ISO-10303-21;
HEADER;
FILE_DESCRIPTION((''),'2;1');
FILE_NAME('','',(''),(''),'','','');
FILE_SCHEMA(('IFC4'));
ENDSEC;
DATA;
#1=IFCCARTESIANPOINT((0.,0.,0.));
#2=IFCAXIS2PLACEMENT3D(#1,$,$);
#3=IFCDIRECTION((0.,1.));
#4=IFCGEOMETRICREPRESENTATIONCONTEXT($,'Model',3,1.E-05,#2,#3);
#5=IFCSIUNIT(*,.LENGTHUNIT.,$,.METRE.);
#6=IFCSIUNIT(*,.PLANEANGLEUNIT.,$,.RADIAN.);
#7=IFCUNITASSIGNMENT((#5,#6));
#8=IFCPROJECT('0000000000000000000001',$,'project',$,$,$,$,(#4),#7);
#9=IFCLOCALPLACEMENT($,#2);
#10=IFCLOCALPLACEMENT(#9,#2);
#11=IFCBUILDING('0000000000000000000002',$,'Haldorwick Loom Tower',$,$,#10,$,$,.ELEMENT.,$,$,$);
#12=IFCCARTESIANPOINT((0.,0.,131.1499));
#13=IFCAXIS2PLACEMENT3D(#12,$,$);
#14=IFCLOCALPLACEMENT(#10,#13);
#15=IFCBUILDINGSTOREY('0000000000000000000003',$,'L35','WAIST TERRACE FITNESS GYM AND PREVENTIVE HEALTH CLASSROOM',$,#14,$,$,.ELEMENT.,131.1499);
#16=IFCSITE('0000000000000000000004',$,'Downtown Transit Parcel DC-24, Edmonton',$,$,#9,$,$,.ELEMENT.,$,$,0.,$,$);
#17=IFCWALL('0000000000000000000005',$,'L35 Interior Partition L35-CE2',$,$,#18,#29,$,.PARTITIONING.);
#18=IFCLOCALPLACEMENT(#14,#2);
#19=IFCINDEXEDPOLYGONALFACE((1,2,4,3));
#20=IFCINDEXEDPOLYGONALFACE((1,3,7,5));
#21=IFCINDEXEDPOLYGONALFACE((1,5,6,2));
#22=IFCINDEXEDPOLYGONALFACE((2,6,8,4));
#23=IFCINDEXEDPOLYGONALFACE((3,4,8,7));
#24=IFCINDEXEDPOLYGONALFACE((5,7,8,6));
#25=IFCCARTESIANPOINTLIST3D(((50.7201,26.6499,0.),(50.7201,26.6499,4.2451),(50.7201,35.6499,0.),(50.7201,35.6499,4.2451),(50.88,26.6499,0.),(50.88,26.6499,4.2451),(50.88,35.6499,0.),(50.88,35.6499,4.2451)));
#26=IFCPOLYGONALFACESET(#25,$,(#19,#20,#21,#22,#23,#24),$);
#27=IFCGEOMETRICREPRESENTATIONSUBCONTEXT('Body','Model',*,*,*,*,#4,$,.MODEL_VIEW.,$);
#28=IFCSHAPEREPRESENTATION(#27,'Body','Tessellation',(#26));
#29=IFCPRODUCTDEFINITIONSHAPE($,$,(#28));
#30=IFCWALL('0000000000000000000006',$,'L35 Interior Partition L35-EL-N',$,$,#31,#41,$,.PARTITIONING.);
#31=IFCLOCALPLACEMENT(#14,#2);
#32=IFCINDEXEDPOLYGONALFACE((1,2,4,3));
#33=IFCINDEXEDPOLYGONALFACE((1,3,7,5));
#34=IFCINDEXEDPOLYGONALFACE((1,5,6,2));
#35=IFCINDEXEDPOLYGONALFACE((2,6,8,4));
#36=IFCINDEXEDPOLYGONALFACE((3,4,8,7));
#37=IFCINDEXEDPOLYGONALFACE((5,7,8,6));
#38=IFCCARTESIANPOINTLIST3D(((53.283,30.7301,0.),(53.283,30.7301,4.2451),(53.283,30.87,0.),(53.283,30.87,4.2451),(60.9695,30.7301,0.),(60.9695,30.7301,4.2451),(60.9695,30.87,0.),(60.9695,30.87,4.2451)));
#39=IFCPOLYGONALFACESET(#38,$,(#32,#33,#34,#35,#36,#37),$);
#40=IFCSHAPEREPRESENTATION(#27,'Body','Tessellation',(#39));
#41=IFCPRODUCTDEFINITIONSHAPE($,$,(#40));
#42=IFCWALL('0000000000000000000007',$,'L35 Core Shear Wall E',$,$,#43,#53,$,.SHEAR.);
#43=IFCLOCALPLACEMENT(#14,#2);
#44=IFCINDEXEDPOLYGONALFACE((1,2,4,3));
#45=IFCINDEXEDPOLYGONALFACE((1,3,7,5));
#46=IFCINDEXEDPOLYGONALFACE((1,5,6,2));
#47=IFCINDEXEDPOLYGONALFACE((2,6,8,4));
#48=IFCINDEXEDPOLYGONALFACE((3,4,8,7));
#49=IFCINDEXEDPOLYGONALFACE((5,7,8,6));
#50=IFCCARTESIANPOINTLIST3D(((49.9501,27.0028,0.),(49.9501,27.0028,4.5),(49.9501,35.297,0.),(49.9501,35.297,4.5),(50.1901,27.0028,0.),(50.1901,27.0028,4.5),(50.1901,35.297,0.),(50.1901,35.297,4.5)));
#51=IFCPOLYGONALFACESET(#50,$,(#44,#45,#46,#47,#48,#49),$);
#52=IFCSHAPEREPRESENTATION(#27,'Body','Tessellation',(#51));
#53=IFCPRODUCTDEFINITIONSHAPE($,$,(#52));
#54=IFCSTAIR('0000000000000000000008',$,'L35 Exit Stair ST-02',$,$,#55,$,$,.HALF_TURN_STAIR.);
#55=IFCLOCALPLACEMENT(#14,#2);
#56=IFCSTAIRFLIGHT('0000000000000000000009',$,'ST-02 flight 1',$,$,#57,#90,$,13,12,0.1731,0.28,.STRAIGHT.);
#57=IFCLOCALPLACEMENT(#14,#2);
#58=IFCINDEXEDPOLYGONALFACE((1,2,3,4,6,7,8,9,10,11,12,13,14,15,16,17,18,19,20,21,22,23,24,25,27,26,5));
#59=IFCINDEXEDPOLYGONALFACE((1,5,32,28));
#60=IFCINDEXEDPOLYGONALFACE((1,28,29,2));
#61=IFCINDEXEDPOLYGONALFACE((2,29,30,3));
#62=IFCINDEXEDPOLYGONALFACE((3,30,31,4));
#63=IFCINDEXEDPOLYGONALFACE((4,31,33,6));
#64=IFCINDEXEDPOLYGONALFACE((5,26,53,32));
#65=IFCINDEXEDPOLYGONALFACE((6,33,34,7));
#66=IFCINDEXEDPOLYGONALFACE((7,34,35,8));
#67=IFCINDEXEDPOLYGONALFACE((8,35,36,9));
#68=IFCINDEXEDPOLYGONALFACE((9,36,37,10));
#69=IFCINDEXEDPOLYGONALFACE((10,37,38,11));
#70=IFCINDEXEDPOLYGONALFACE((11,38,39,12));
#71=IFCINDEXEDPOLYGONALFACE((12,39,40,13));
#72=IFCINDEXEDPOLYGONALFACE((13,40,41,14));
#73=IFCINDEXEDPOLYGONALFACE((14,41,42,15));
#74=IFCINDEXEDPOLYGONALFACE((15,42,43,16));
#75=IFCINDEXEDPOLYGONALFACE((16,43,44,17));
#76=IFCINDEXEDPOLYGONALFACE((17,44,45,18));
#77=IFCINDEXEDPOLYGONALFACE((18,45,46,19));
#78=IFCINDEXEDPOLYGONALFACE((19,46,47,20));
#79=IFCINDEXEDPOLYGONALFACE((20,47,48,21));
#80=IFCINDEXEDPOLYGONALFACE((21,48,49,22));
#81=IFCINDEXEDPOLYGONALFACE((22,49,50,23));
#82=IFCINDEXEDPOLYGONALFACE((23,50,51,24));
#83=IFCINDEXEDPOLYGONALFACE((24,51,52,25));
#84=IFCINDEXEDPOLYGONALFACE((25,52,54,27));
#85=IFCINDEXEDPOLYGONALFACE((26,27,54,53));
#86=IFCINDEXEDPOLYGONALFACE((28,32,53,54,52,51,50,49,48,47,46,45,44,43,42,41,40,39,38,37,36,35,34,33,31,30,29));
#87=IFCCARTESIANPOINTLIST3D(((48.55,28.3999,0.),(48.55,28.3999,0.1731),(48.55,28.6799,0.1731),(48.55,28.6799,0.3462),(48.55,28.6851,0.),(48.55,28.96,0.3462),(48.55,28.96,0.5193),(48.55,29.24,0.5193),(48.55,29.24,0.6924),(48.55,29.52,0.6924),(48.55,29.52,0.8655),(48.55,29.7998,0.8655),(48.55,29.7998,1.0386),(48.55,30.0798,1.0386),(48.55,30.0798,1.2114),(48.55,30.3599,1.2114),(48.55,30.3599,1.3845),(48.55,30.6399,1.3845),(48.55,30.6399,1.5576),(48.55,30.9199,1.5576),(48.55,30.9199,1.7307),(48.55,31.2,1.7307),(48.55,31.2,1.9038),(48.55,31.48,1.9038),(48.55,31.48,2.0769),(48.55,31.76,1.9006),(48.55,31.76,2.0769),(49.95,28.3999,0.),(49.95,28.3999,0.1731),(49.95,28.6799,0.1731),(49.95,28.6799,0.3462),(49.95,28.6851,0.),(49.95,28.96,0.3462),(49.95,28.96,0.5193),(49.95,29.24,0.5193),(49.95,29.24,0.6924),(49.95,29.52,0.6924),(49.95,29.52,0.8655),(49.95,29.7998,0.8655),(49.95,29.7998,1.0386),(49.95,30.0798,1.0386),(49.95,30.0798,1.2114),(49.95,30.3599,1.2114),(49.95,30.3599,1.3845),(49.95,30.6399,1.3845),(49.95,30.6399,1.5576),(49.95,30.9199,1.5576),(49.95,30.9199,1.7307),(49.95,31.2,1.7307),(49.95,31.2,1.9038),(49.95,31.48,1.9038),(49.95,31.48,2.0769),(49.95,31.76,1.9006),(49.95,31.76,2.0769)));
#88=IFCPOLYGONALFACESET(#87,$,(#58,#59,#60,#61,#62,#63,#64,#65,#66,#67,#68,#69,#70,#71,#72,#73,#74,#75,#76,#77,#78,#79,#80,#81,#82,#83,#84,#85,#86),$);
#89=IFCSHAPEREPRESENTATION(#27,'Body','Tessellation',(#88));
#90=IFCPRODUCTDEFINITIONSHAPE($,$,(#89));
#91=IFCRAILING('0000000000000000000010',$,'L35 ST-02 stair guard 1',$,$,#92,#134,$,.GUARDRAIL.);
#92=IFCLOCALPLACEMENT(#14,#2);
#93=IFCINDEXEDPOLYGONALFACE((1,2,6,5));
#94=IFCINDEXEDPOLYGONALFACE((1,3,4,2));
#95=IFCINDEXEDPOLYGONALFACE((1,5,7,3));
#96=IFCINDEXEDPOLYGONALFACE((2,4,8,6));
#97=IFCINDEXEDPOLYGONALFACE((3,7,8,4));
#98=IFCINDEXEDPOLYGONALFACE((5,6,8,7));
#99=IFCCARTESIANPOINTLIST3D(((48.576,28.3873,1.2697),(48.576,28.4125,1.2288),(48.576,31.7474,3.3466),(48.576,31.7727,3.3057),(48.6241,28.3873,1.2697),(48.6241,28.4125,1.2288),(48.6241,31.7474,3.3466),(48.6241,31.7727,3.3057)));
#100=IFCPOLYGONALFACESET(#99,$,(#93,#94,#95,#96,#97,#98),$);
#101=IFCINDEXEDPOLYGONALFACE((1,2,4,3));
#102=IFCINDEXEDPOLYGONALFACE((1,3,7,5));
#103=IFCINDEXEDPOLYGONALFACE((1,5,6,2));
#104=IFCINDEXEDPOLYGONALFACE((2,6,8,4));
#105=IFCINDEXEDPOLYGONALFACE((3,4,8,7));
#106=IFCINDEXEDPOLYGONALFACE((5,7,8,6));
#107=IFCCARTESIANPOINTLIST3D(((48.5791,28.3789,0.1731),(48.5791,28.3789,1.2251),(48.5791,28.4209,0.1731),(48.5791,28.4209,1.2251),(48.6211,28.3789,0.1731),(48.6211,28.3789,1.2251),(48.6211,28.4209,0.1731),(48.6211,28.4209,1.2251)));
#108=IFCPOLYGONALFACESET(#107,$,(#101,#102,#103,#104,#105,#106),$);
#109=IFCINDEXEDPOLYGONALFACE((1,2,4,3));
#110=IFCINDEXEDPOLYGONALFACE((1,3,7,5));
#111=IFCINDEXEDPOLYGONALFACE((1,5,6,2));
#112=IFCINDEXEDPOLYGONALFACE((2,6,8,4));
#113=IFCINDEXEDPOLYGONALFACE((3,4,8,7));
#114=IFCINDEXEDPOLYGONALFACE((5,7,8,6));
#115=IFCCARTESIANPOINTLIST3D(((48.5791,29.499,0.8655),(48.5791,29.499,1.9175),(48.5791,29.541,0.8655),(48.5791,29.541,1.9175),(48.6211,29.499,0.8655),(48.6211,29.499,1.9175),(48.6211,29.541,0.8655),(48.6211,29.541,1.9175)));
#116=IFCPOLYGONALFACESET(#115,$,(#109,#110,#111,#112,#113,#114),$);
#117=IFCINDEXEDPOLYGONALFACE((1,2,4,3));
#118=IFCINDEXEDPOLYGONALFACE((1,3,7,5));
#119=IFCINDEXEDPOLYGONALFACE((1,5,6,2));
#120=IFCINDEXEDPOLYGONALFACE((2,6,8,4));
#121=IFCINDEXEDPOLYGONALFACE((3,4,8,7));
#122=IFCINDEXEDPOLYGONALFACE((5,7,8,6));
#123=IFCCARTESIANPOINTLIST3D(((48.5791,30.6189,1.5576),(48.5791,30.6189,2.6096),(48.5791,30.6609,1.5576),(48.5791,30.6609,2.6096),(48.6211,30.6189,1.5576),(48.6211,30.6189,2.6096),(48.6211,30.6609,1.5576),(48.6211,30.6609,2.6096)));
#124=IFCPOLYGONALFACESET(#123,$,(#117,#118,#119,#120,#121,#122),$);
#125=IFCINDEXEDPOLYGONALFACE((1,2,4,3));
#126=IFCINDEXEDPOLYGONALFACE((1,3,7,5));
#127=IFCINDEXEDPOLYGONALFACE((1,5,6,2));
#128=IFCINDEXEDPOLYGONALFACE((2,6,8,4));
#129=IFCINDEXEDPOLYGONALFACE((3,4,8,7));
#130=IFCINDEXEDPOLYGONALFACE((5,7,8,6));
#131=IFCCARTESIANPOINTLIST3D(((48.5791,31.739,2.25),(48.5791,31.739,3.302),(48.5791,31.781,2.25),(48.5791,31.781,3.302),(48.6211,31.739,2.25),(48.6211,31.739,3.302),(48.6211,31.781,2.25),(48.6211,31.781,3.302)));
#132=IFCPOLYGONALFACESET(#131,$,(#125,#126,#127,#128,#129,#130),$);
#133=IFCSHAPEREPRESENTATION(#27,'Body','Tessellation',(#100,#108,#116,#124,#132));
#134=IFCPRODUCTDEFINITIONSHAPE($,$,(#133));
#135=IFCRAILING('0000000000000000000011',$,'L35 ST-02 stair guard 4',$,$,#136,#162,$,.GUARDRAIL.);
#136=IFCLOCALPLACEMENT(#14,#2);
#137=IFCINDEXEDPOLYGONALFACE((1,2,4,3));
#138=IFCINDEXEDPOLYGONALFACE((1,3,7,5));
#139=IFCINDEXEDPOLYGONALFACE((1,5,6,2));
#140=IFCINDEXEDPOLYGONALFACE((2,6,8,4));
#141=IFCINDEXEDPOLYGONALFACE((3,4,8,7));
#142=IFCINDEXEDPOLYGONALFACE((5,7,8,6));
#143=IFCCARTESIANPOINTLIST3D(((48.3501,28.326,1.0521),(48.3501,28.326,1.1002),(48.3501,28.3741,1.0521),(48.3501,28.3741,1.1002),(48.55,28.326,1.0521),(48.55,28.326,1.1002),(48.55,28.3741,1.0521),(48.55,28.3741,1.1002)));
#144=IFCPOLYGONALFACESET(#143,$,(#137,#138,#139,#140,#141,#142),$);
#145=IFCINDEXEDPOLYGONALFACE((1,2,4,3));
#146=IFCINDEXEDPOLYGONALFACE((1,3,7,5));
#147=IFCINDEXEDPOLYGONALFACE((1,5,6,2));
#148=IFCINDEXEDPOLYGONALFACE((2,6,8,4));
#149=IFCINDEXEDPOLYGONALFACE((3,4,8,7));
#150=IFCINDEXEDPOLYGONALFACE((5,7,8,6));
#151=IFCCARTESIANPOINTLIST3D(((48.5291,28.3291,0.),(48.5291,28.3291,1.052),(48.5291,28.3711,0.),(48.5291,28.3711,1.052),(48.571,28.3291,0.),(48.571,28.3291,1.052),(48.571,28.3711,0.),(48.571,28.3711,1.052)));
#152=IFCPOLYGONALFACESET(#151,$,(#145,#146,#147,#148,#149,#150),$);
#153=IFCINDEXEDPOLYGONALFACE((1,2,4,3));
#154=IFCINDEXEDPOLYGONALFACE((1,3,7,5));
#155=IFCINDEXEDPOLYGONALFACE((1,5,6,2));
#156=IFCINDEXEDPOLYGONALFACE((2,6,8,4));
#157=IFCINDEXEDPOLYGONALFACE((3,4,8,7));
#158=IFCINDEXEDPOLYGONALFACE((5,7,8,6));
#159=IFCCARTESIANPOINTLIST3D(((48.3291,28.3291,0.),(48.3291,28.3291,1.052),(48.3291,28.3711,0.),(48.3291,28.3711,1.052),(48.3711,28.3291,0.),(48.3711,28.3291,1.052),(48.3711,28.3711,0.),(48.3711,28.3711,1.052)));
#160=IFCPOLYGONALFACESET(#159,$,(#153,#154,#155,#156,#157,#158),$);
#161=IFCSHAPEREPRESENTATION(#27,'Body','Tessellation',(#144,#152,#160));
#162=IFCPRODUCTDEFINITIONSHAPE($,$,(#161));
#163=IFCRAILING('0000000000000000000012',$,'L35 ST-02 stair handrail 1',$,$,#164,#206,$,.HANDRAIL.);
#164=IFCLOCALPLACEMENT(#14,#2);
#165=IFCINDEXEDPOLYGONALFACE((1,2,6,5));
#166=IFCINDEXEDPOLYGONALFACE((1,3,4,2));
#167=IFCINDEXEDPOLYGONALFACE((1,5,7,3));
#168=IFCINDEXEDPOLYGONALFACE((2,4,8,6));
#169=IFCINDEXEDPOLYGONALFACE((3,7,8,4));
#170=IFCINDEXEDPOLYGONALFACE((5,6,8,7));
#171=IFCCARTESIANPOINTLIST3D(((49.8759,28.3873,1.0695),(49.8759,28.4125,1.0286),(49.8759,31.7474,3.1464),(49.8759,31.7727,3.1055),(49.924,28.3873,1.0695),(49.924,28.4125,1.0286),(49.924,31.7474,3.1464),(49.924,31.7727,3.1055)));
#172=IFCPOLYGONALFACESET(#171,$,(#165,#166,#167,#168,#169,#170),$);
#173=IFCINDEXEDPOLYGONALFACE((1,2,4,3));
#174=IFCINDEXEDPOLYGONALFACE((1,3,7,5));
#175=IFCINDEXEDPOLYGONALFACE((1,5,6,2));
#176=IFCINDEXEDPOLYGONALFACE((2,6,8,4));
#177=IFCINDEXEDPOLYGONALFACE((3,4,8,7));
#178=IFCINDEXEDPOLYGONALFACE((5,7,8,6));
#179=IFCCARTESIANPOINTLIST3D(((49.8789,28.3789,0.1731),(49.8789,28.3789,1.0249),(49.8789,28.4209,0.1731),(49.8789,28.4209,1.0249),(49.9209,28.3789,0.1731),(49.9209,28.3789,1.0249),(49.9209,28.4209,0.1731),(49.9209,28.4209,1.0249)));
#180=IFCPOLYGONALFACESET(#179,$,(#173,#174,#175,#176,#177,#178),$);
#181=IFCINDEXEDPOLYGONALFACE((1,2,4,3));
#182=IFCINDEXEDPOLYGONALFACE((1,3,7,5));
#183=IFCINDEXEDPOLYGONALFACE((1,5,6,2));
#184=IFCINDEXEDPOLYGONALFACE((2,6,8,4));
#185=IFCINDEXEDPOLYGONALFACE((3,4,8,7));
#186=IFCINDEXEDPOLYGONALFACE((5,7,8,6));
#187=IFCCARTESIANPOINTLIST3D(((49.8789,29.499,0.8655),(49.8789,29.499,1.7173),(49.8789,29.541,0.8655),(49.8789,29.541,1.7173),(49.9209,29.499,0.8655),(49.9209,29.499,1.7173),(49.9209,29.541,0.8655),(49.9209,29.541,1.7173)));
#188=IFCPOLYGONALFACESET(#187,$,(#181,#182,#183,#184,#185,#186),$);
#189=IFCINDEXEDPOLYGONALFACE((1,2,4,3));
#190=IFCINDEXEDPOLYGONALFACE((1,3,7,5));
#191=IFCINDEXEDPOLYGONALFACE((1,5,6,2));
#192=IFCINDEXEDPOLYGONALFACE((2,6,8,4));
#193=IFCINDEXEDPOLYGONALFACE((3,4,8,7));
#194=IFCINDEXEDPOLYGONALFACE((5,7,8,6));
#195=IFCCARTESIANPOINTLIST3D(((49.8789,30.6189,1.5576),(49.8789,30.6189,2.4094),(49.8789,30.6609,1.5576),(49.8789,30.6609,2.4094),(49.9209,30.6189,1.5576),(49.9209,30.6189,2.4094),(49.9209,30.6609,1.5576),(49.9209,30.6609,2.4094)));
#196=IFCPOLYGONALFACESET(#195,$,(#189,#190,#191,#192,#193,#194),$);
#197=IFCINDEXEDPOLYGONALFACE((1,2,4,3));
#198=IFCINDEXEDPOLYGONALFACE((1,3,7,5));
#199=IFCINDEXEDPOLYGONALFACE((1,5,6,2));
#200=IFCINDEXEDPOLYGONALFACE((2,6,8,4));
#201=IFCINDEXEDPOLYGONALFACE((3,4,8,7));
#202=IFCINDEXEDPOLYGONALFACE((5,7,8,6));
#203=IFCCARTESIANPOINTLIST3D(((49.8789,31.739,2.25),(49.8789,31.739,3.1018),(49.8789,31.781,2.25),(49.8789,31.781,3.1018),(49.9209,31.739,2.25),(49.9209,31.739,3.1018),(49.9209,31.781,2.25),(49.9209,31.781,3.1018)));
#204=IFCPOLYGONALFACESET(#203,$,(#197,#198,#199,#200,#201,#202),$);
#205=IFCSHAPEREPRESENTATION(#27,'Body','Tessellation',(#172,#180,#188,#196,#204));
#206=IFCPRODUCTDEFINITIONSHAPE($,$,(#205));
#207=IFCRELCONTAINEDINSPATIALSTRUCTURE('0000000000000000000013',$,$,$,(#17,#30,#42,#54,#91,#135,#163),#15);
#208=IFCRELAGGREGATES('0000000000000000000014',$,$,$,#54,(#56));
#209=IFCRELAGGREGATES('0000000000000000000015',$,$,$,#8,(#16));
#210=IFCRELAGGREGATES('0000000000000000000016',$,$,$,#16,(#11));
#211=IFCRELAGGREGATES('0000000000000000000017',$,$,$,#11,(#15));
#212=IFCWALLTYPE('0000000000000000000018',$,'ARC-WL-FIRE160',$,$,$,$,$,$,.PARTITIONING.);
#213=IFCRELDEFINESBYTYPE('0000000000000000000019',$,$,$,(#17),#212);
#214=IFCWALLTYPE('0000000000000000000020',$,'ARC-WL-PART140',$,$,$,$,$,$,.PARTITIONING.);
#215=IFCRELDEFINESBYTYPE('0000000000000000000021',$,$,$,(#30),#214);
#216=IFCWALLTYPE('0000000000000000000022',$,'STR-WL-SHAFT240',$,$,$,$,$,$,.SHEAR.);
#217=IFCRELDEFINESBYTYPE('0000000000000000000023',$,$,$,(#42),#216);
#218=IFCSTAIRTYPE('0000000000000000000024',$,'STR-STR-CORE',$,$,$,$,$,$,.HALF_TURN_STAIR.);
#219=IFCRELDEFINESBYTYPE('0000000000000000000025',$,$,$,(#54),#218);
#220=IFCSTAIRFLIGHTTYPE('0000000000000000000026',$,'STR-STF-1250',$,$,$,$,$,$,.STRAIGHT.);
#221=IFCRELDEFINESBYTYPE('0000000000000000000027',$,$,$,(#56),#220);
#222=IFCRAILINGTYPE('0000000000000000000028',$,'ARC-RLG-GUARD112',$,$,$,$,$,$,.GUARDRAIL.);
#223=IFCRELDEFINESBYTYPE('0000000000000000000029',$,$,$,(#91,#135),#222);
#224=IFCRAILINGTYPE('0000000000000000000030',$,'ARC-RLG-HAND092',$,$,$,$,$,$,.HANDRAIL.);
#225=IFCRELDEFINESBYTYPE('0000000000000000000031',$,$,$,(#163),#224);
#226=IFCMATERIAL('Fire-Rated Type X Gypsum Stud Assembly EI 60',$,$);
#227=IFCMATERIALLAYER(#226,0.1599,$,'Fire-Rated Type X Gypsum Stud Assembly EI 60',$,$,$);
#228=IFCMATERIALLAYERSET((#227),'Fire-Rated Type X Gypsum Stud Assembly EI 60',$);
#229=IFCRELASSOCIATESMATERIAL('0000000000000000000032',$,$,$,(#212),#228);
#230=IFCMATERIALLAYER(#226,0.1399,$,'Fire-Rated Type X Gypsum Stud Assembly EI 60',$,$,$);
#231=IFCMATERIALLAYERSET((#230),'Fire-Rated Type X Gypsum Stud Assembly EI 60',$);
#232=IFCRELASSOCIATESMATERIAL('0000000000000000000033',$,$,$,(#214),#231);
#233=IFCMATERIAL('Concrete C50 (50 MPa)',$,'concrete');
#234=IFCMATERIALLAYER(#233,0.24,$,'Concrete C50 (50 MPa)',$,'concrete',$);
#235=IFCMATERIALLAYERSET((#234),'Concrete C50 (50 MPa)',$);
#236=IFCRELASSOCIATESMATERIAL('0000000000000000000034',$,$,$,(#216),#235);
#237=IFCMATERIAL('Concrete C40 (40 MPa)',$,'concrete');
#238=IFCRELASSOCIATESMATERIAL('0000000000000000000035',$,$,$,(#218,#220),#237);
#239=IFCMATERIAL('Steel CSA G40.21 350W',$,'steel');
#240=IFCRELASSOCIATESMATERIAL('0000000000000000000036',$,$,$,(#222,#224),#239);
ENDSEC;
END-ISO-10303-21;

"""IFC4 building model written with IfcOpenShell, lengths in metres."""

from ifc_helpers import new_model, si_unit, direction, frame, frame_2d, origin, origin_2d, place, context, subcontext, project, spatial, polyline, rectangle, outline, extrude, material, layer, layer_set, type_object, element, aggregate, save


model = new_model("IFC4")

# Units and contexts
model_context = context("Model", 3, precision=1e-05, world=origin(), true_north=direction((0.0, 1.0)))
body_context = subcontext(model_context, "Body", "Model", "MODEL_VIEW")
ifc_project = project(units=[si_unit("LENGTHUNIT", "METRE"), si_unit("PLANEANGLEUNIT", "RADIAN")], contexts=[model_context])

# Site, building, storey
site_placement = place(None, origin())
site = spatial("IfcSite", under=ifc_project, at=site_placement, Name="Downtown Transit Parcel DC-24, Edmonton", CompositionType="ELEMENT", RefElevation=0.0)
building_placement = place(site_placement, origin())
building = spatial("IfcBuilding", under=site, at=building_placement, Name="Haldorwick Loom Tower", CompositionType="ELEMENT")
storey_placement = place(building_placement, frame((0.0, 0.0, 131.1499)))
storey = spatial("IfcBuildingStorey", under=building, at=storey_placement, Name="L35", Description="WAIST TERRACE FITNESS GYM AND PREVENTIVE HEALTH CLASSROOM", CompositionType="ELEMENT", Elevation=131.1499)

# Shared definitions
ifc_material_1 = material(Name="Steel CSA G40.21 350W", Category="steel")

# Walls
ifc_material_2 = material(Name="Fire-Rated Type X Gypsum Stud Assembly EI 60")
ifc_layer_1 = layer(ifc_material_2, 0.1599, Name="Fire-Rated Type X Gypsum Stud Assembly EI 60")
ifc_layer_set_1 = layer_set([ifc_layer_1], Name="Fire-Rated Type X Gypsum Stud Assembly EI 60")
wall_type_1 = type_object("IfcWallType", Name="ARC-WL-FIRE160", PredefinedType="PARTITIONING", material=ifc_layer_set_1)
wall_1_placement = place(storey_placement, frame((50.8, 26.6499, 0.0), z_axis=(0.0, 0.0, 1.0), x_axis=(0.0, 1.0, 0.0)))
element("IfcWall", 1, at=wall_1_placement, inside=storey, type_object=wall_type_1, Name="L35 Interior Partition L35-CE2", PredefinedType="PARTITIONING", context=body_context, shape_type="SweptSolid", body=[
    extrude(rectangle(XDim=9.0, YDim=0.1599, at=frame_2d((4.5, 0.0))), origin(), (0.0, 0.0, 1.0), 4.2451),
])
ifc_layer_2 = layer(ifc_material_2, 0.1399, Name="Fire-Rated Type X Gypsum Stud Assembly EI 60")
ifc_layer_set_2 = layer_set([ifc_layer_2], Name="Fire-Rated Type X Gypsum Stud Assembly EI 60")
wall_type_2 = type_object("IfcWallType", Name="ARC-WL-PART140", PredefinedType="PARTITIONING", material=ifc_layer_set_2)
wall_2_placement = place(storey_placement, frame((53.283, 30.8, 0.0), z_axis=(0.0, 0.0, 1.0), x_axis=(1.0, 0.0, 0.0)))
element("IfcWall", 2, at=wall_2_placement, inside=storey, type_object=wall_type_2, Name="L35 Interior Partition L35-EL-N", PredefinedType="PARTITIONING", context=body_context, shape_type="SweptSolid", body=[
    extrude(rectangle(XDim=7.6865, YDim=0.1399, at=frame_2d((3.8433, 0.0))), origin(), (0.0, 0.0, 1.0), 4.2451),
])
ifc_material_3 = material(Name="Concrete C50 (50 MPa)", Category="concrete")
ifc_layer_3 = layer(ifc_material_3, 0.24, Name="Concrete C50 (50 MPa)", Category="concrete")
ifc_layer_set_3 = layer_set([ifc_layer_3], Name="Concrete C50 (50 MPa)")
wall_type_3 = type_object("IfcWallType", Name="STR-WL-SHAFT240", PredefinedType="SHEAR", material=ifc_layer_set_3)
wall_3_placement = place(storey_placement, frame((50.0701, 27.0029, 0.0), z_axis=(0.0, 0.0, 1.0), x_axis=(0.0, 1.0, 0.0)))
element("IfcWall", 3, at=wall_3_placement, inside=storey, type_object=wall_type_3, Name="L35 Core Shear Wall E", PredefinedType="SHEAR", context=body_context, shape_type="SweptSolid", body=[
    extrude(rectangle(XDim=8.2942, YDim=0.24, at=frame_2d((4.147, 0.0))), origin(), (0.0, 0.0, 1.0), 4.5),
])

# Stair, stair flight
ifc_material_4 = material(Name="Concrete C40 (40 MPa)", Category="concrete")
stair_type = type_object("IfcStairType", Name="STR-STR-CORE", PredefinedType="HALF_TURN_STAIR", material=ifc_material_4)
stair_placement = place(storey_placement, origin())
stair = element("IfcStair", 4, at=stair_placement, inside=storey, type_object=stair_type, Name="L35 Exit Stair ST-02", PredefinedType="HALF_TURN_STAIR")
stair_flight_type = type_object("IfcStairFlightType", Name="STR-STF-1250", PredefinedType="STRAIGHT", material=ifc_material_4)
stair_flight_placement = place(storey_placement, frame((49.25, 28.3999, 0.0), z_axis=(0.0, 0.0, 1.0), x_axis=(0.0, 1.0, 0.0)))
stair_flight = element("IfcStairFlight", 5, at=stair_flight_placement, type_object=stair_flight_type, Name="ST-02 flight 1", NumberOfRisers=13, NumberOfTreads=12, PredefinedType="STRAIGHT", RiserHeight=0.1731, TreadLength=0.28, context=body_context, shape_type="SweptSolid", body=[
    extrude(outline(polyline([(0.0, 0.0), (0.0, 0.1731), (0.28, 0.1731), (0.28, 0.3462), (0.5601, 0.3462), (0.5601, 0.5193), (0.8401, 0.5193), (0.8401, 0.6924), (1.1201, 0.6924), (1.1201, 0.8655), (1.3999, 0.8655), (1.3999, 1.0386), (1.6799, 1.0386), (1.6799, 1.2114), (1.96, 1.2114), (1.96, 1.3845), (2.24, 1.3845), (2.24, 1.5576), (2.52, 1.5576), (2.52, 1.7307), (2.8, 1.7307), (2.8, 1.9038), (3.0801, 1.9038), (3.0801, 2.0769), (3.3601, 2.0769), (3.3601, 2.25), (3.3601, 1.9006), (0.2852, 0.0), (0.0, 0.0)])), frame((0.0, 0.7, 0.0), z_axis=(0.0, -1.0, 0.0), x_axis=(1.0, 0.0, 0.0)), (0.0, 0.0, 1.0), 1.3999),
])
aggregate(stair, [stair_flight])

# Railings
railing_type_1 = type_object("IfcRailingType", Name="ARC-RLG-GUARD112", PredefinedType="GUARDRAIL", material=ifc_material_1)
railing_1_placement = place(storey_placement, frame((48.6001, 28.3999, 0.1731)))
element("IfcRailing", 6, at=railing_1_placement, inside=storey, type_object=railing_type_1, Name="L35 ST-02 stair guard 1", PredefinedType="GUARDRAIL", context=body_context, shape_type="SweptSolid", body=[
    extrude(rectangle(XDim=0.0481, YDim=0.0481, at=origin_2d()), frame((0.0, 0.0, 1.0762), z_axis=(0.0, 0.850623, 0.525776), x_axis=(-1.0, 0.0, 0.0)), (0.0, 0.0, 1.0), 3.9502),
    extrude(rectangle(XDim=0.042, YDim=0.042, at=origin_2d()), origin(), (0.0, 0.0, 1.0), 1.052),
    extrude(rectangle(XDim=0.042, YDim=0.042, at=origin_2d()), frame((0.0, 1.1201, 0.6924)), (0.0, 0.0, 1.0), 1.052),
    extrude(rectangle(XDim=0.042, YDim=0.042, at=origin_2d()), frame((0.0, 2.24, 1.3845)), (0.0, 0.0, 1.0), 1.052),
    extrude(rectangle(XDim=0.042, YDim=0.042, at=origin_2d()), frame((0.0, 3.3601, 2.0769)), (0.0, 0.0, 1.0), 1.052),
])
railing_2_placement = place(storey_placement, frame((48.55, 28.3501, 0.0)))
element("IfcRailing", 7, at=railing_2_placement, inside=storey, type_object=railing_type_1, Name="L35 ST-02 stair guard 4", PredefinedType="GUARDRAIL", context=body_context, shape_type="SweptSolid", body=[
    extrude(rectangle(XDim=0.0481, YDim=0.0481, at=origin_2d()), frame((0.0, 0.0, 1.0762), z_axis=(-1.0, 0.0, 0.0), x_axis=(0.0, -1.0, 0.0)), (0.0, 0.0, 1.0), 0.2),
    extrude(rectangle(XDim=0.042, YDim=0.042, at=origin_2d()), origin(), (0.0, 0.0, 1.0), 1.052),
    extrude(rectangle(XDim=0.042, YDim=0.042, at=origin_2d()), frame((-0.2, 0.0, 0.0)), (0.0, 0.0, 1.0), 1.052),
])
railing_type_2 = type_object("IfcRailingType", Name="ARC-RLG-HAND092", PredefinedType="HANDRAIL", material=ifc_material_1)
railing_3_placement = place(storey_placement, frame((49.8999, 28.3999, 0.1731)))
element("IfcRailing", 8, at=railing_3_placement, inside=storey, type_object=railing_type_2, Name="L35 ST-02 stair handrail 1", PredefinedType="HANDRAIL", context=body_context, shape_type="SweptSolid", body=[
    extrude(rectangle(XDim=0.0481, YDim=0.0481, at=origin_2d()), frame((0.0, 0.0, 0.876), z_axis=(0.0, 0.850623, 0.525776), x_axis=(-1.0, 0.0, 0.0)), (0.0, 0.0, 1.0), 3.9502),
    extrude(rectangle(XDim=0.042, YDim=0.042, at=origin_2d()), origin(), (0.0, 0.0, 1.0), 0.8518),
    extrude(rectangle(XDim=0.042, YDim=0.042, at=origin_2d()), frame((0.0, 1.1201, 0.6924)), (0.0, 0.0, 1.0), 0.8518),
    extrude(rectangle(XDim=0.042, YDim=0.042, at=origin_2d()), frame((0.0, 2.24, 1.3845)), (0.0, 0.0, 1.0), 0.8518),
    extrude(rectangle(XDim=0.042, YDim=0.042, at=origin_2d()), frame((0.0, 3.3601, 2.0769)), (0.0, 0.0, 1.0), 0.8518),
])

save(model, "model.ifc")
